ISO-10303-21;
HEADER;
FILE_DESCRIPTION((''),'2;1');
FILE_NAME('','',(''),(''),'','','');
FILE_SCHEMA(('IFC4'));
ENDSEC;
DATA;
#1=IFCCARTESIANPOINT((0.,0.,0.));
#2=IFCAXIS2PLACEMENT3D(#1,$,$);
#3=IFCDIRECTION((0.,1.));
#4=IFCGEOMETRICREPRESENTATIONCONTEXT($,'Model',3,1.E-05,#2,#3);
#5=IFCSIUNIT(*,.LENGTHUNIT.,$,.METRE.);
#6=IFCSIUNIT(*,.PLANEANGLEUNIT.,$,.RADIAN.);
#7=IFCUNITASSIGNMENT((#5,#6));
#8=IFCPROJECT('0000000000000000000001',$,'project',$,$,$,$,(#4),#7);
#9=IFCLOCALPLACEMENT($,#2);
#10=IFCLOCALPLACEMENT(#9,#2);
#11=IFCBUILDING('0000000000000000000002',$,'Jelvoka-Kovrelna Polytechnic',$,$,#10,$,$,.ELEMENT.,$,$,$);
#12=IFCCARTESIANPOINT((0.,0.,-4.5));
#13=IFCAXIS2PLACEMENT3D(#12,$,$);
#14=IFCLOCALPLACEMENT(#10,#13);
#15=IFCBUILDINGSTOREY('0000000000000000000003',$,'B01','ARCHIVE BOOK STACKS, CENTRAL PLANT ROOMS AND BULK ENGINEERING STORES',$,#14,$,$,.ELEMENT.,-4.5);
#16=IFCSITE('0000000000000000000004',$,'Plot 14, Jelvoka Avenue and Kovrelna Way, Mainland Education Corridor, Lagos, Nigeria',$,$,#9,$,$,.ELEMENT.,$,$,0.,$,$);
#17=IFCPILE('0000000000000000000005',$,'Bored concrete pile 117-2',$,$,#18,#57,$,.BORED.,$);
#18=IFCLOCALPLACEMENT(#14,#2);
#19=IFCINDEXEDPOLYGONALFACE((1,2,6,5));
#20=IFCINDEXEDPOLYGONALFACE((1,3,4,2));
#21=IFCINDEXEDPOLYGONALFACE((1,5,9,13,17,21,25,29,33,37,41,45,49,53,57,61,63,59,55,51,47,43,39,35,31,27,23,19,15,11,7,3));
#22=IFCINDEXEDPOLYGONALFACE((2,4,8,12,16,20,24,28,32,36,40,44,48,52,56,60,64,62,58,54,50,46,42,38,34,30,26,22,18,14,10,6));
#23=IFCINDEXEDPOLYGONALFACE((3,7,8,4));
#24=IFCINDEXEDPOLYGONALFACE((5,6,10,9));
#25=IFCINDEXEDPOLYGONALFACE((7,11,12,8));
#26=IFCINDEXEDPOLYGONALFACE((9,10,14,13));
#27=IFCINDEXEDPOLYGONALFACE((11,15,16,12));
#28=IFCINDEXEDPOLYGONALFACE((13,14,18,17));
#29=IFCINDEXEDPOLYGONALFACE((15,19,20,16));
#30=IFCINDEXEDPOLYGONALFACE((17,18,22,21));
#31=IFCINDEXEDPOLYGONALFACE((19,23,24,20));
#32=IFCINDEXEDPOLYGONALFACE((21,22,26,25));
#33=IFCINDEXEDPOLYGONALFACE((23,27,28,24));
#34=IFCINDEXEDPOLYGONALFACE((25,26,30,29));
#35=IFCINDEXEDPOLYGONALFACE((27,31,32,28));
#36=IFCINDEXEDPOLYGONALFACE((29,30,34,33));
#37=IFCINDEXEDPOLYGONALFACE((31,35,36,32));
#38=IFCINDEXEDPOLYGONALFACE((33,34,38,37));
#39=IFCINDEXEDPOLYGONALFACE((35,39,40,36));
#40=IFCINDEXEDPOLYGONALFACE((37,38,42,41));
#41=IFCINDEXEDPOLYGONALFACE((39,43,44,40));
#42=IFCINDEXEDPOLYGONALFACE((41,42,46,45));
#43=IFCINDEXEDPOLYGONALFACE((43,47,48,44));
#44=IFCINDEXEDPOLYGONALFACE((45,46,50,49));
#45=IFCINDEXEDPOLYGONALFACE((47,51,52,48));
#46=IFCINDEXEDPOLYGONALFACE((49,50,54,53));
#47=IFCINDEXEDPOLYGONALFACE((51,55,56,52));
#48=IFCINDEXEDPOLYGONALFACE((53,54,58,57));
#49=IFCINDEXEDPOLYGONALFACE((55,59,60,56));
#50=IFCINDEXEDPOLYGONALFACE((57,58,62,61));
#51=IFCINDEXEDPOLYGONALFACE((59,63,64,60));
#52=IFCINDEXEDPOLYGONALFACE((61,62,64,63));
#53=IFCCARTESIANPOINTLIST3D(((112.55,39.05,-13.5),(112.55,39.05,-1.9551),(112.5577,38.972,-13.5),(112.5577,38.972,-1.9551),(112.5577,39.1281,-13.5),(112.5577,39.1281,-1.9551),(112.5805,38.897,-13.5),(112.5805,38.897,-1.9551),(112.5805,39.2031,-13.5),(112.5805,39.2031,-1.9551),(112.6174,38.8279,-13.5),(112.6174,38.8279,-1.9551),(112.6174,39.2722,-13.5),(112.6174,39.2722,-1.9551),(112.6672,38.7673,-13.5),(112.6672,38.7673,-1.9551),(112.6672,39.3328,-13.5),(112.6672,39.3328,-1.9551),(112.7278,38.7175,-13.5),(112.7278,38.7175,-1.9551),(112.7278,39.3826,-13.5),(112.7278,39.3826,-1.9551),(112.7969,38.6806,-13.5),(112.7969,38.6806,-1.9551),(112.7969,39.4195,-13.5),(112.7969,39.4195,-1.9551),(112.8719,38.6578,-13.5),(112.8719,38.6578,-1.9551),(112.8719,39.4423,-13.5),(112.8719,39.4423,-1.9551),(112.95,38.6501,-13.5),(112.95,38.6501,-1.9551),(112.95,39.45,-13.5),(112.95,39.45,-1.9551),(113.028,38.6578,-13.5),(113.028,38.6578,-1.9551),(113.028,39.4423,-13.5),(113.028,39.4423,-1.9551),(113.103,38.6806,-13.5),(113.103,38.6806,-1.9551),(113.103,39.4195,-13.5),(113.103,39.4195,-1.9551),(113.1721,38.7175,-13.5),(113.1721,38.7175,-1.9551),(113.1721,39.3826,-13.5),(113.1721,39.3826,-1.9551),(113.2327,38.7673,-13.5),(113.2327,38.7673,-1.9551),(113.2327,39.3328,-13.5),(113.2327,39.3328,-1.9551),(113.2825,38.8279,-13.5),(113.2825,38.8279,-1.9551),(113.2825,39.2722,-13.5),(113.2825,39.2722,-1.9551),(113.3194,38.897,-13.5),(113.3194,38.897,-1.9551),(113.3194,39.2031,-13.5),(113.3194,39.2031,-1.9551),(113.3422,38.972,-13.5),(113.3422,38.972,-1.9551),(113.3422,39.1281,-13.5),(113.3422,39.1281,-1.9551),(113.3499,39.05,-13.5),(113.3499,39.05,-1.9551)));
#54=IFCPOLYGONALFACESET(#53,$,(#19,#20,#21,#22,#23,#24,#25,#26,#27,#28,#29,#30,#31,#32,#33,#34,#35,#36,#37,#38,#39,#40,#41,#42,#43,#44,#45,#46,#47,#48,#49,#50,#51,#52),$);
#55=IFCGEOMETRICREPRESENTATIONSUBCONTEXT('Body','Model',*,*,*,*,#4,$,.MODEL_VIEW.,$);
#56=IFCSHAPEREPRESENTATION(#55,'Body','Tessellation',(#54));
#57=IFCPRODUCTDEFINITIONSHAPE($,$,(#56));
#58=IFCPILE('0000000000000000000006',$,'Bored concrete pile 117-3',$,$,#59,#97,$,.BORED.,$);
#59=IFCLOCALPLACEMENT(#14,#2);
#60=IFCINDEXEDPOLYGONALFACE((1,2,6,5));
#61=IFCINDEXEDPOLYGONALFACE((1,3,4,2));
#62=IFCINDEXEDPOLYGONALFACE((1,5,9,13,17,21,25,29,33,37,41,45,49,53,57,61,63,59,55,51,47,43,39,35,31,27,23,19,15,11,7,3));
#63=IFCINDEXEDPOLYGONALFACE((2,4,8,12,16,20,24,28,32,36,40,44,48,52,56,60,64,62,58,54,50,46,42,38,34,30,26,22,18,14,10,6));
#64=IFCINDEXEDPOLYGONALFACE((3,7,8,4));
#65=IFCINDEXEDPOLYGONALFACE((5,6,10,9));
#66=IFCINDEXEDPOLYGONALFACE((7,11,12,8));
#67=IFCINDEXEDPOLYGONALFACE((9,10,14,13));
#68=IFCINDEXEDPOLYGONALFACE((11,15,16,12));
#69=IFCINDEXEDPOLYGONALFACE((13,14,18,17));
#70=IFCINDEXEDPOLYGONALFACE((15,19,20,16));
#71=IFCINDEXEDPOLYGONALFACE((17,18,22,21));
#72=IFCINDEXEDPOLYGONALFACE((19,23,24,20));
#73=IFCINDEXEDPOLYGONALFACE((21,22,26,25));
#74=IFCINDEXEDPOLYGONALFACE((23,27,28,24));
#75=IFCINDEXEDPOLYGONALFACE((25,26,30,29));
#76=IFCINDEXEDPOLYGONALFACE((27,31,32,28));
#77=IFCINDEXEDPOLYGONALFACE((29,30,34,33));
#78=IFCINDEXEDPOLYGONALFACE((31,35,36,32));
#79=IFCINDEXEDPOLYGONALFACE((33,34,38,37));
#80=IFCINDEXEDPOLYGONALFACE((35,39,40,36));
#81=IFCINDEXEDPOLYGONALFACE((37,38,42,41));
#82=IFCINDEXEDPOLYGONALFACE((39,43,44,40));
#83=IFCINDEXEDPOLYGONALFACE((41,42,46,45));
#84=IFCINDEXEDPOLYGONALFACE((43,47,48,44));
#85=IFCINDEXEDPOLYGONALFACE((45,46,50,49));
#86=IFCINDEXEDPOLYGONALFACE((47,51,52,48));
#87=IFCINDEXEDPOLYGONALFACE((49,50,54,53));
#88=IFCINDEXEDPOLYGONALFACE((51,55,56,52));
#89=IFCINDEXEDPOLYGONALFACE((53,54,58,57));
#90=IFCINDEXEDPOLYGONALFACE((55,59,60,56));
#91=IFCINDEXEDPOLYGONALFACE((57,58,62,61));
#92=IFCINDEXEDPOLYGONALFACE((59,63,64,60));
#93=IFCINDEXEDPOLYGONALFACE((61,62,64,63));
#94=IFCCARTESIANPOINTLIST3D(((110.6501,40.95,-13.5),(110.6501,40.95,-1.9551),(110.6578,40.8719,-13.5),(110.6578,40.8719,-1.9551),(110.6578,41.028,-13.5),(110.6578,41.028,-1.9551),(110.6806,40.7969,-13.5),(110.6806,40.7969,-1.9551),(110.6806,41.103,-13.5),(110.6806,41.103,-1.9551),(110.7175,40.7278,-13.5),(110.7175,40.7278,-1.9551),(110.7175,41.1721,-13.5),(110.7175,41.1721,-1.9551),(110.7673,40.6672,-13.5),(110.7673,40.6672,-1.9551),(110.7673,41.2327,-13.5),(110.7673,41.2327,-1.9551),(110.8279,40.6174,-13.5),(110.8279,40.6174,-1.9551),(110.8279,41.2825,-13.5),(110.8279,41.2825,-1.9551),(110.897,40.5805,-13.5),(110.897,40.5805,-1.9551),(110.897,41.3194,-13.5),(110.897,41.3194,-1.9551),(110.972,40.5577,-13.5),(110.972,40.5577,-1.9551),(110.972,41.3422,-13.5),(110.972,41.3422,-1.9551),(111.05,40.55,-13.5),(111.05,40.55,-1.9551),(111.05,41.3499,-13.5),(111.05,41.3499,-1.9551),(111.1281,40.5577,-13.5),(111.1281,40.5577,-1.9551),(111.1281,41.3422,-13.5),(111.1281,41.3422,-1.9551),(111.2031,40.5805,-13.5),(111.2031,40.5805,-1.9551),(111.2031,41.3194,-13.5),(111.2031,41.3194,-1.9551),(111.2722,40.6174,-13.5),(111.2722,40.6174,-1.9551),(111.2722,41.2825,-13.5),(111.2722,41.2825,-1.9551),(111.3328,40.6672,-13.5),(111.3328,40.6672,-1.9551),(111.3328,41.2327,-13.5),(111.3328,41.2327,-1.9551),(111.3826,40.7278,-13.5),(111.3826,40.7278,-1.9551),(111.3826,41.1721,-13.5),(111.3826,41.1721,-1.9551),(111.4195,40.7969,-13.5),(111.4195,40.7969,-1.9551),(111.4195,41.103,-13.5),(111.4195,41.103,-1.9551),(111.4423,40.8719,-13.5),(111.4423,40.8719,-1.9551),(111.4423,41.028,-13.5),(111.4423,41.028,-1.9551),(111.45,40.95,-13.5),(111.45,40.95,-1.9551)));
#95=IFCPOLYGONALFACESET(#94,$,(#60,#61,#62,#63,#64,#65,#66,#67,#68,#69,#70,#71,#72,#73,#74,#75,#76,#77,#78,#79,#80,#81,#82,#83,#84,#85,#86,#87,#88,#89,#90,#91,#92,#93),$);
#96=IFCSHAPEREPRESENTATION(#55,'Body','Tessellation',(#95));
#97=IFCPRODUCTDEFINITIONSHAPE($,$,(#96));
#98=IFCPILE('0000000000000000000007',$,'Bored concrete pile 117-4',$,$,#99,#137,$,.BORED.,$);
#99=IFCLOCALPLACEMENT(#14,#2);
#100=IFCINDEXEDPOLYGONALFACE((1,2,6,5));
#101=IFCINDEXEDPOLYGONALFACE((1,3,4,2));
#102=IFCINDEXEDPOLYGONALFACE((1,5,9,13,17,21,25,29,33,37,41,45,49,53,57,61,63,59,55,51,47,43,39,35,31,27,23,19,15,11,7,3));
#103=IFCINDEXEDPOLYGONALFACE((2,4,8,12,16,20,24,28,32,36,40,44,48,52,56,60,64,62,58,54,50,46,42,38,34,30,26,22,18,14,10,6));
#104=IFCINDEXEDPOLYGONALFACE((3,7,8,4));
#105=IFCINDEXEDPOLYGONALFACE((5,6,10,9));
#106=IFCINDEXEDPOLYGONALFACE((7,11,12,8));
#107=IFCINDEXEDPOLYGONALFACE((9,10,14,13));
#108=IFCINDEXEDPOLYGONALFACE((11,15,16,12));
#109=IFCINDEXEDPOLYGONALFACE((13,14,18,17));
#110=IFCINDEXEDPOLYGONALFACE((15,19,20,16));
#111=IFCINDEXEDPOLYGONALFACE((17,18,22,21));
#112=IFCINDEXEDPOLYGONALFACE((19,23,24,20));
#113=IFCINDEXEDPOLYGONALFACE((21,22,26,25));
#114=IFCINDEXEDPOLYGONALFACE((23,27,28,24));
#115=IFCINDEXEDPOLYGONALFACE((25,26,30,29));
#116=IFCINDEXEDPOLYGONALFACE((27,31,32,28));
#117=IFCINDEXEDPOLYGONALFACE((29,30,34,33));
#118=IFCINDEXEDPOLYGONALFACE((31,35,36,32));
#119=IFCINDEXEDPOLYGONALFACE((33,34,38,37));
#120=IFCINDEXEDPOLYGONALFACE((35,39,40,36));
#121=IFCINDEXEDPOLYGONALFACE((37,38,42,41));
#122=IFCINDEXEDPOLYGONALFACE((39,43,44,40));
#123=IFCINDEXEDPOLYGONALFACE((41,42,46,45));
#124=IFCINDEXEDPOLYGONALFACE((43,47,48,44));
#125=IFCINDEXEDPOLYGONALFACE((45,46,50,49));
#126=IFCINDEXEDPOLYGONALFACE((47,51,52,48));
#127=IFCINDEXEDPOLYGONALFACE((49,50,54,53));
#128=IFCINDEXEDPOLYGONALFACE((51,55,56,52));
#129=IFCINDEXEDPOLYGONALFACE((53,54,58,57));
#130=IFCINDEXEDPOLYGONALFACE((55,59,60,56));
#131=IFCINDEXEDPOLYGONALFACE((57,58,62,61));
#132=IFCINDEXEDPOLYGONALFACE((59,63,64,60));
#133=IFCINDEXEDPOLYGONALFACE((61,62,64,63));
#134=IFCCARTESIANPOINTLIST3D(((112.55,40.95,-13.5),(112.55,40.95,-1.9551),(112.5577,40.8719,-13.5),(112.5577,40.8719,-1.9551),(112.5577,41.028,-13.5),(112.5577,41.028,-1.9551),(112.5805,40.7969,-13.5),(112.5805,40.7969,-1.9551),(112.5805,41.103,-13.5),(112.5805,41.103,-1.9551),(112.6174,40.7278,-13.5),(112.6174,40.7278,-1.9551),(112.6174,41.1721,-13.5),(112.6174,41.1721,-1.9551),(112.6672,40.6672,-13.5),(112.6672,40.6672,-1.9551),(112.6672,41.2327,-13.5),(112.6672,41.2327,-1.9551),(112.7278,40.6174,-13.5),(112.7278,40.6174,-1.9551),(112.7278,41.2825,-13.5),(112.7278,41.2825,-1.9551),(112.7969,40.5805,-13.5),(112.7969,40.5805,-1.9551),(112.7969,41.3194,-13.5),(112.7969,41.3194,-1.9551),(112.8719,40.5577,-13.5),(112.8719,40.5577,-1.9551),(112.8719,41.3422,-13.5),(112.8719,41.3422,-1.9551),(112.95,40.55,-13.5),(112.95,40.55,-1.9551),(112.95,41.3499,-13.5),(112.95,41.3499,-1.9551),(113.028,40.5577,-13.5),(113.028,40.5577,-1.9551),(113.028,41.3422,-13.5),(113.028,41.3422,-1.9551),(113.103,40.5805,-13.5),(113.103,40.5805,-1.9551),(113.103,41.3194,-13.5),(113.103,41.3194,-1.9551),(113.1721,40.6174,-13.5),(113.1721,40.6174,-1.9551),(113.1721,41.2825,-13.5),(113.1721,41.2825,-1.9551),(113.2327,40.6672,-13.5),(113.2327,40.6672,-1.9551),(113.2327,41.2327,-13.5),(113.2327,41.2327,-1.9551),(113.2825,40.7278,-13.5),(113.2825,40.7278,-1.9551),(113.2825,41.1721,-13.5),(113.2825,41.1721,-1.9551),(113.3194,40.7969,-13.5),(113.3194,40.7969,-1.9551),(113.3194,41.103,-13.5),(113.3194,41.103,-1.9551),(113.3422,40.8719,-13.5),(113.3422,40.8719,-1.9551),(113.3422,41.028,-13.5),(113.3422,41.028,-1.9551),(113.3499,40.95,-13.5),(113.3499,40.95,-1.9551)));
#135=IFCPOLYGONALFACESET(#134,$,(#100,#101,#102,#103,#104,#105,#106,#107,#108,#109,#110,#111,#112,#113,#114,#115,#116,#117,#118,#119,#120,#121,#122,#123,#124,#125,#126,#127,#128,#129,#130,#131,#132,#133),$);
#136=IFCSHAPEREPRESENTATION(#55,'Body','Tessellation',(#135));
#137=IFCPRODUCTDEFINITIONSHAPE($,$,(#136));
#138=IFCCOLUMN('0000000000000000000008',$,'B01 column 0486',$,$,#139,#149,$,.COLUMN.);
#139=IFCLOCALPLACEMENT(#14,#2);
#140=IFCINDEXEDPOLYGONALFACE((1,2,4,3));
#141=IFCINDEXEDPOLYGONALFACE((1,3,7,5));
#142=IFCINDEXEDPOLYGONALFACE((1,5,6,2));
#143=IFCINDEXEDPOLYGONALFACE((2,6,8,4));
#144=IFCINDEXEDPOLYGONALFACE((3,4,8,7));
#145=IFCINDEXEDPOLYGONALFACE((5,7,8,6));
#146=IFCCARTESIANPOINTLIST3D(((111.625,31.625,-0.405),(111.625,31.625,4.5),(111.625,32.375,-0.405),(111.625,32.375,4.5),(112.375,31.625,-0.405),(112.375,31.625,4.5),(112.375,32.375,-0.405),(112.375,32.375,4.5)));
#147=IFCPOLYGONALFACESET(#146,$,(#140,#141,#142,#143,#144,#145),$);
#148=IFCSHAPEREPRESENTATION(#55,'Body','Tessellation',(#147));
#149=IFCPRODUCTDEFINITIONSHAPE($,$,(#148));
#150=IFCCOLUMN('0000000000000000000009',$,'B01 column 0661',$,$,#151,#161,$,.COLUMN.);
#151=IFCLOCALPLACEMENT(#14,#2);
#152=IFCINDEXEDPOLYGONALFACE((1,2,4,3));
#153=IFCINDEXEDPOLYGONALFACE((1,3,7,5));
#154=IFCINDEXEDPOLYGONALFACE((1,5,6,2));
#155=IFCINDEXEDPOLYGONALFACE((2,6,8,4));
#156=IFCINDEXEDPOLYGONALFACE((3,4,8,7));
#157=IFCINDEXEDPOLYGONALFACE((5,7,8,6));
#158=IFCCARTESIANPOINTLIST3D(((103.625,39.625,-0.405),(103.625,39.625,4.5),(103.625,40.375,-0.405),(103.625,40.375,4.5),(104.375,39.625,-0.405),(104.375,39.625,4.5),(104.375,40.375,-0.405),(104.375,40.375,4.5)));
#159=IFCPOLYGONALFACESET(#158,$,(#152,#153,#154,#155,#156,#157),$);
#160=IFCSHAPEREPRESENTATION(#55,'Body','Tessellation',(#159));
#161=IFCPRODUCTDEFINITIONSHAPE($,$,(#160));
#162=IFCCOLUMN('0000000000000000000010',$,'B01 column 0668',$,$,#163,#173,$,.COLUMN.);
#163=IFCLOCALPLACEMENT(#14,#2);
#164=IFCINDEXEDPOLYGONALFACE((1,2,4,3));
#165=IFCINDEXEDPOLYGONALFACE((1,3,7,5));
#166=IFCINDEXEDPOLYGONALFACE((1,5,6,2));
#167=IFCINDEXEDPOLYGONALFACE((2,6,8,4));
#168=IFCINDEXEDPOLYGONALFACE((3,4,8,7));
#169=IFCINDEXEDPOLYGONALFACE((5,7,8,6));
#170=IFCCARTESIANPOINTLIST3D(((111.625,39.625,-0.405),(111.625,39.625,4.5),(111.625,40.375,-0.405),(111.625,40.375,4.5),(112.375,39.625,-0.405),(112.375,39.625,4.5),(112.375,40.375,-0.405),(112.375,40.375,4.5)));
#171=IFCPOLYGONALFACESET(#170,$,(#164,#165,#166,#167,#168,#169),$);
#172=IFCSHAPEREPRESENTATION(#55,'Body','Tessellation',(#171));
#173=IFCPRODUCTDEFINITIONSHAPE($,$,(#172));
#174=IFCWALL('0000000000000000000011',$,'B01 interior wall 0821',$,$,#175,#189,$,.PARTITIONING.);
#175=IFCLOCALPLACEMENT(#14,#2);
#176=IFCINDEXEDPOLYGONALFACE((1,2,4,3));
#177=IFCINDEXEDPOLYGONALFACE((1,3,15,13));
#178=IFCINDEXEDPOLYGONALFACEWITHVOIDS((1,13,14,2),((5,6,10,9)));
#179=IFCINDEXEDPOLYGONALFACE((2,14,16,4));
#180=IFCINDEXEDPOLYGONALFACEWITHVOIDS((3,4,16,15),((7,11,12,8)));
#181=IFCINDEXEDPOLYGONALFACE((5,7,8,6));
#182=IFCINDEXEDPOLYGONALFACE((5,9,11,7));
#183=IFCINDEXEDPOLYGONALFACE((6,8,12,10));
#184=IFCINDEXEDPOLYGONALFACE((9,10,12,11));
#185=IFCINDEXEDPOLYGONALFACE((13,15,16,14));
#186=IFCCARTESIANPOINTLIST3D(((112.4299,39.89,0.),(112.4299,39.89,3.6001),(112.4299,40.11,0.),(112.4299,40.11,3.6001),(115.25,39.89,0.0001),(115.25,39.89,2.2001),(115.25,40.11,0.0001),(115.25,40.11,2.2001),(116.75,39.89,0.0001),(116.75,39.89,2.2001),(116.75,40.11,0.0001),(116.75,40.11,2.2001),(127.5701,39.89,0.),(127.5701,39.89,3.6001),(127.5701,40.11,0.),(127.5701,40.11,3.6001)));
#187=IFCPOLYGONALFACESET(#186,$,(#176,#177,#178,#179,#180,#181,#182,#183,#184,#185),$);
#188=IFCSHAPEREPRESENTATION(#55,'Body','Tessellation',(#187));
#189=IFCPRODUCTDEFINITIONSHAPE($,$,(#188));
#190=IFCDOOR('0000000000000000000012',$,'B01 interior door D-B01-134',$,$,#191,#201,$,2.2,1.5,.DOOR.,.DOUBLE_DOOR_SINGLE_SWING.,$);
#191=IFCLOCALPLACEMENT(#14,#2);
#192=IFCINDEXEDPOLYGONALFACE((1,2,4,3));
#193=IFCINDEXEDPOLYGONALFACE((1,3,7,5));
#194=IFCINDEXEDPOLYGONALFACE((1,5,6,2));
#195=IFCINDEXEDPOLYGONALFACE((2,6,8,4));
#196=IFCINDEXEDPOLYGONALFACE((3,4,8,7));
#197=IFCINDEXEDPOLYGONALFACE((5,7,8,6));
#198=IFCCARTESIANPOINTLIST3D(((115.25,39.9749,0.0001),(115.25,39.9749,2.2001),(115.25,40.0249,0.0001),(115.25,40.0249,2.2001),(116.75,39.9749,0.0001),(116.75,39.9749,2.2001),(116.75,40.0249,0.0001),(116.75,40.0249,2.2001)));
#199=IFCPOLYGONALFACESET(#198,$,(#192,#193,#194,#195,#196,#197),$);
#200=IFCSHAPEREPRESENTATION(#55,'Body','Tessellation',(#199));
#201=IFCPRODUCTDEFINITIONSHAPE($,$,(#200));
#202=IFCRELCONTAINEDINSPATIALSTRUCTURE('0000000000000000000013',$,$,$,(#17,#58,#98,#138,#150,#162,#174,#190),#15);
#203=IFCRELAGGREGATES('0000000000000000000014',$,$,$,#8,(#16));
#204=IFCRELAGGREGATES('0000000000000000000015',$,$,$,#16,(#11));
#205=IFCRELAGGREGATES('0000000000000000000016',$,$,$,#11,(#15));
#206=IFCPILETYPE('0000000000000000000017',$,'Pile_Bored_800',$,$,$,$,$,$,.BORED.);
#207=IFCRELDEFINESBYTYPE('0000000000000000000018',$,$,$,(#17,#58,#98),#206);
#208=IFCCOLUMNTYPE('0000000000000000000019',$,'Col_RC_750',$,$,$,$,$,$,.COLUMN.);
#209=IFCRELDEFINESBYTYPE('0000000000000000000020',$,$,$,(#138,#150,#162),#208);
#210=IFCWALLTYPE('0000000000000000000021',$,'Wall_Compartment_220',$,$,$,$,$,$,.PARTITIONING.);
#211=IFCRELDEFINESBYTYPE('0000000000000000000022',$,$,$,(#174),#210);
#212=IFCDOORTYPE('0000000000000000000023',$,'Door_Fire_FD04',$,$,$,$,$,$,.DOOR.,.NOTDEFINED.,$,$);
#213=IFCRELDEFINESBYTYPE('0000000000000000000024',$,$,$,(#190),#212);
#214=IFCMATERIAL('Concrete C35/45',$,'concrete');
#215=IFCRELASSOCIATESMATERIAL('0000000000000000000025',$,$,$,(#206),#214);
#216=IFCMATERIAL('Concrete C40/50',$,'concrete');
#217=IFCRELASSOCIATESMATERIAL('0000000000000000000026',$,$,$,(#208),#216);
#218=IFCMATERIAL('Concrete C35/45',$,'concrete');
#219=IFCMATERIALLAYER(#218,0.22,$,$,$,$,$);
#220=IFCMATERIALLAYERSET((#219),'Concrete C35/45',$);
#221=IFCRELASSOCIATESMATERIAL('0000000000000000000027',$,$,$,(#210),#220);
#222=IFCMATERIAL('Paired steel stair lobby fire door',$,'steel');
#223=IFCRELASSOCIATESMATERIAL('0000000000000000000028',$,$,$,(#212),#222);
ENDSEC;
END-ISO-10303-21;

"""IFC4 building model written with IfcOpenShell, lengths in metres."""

from ifc_helpers import new_model, si_unit, direction, frame, frame_2d, origin, origin_2d, place, context, subcontext, project, spatial, rectangle, circle, extrude, material, layer, layer_set, material_profile, profile_set, type_object, element, fill, save


model = new_model("IFC4")

# Units and contexts
model_context = context("Model", 3, precision=1e-05, world=origin(), true_north=direction((0.0, 1.0)))
body_context = subcontext(model_context, "Body", "Model", "MODEL_VIEW")
ifc_project = project(units=[si_unit("LENGTHUNIT", "METRE"), si_unit("PLANEANGLEUNIT", "RADIAN")], contexts=[model_context])

# Site, building, storey
site_placement = place(None, origin())
site = spatial("IfcSite", under=ifc_project, at=site_placement, Name="Plot 14, Jelvoka Avenue and Kovrelna Way, Mainland Education Corridor, Lagos, Nigeria", CompositionType="ELEMENT", RefElevation=0.0)
building_placement = place(site_placement, origin())
building = spatial("IfcBuilding", under=site, at=building_placement, Name="Jelvoka-Kovrelna Polytechnic", CompositionType="ELEMENT")
storey_placement = place(building_placement, frame((0.0, 0.0, -4.5)))
storey = spatial("IfcBuildingStorey", under=building, at=storey_placement, Name="B01", Description="ARCHIVE BOOK STACKS, CENTRAL PLANT ROOMS AND BULK ENGINEERING STORES", CompositionType="ELEMENT", Elevation=-4.5)

# Piles
ifc_material_1 = material(Name="Concrete C35/45", Category="concrete")
ifc_material_profile_1 = material_profile(ifc_material_1, circle(Radius=0.3999, at=origin_2d()), Name="PILE D800")
ifc_profile_set_1 = profile_set([ifc_material_profile_1], Name="Concrete C35/45")
pile_type = type_object("IfcPileType", Name="Pile_Bored_800", PredefinedType="BORED", material=ifc_profile_set_1)
for number, where, z_axis, x_axis, name in (
    (1, (112.95, 39.05, -1.9551), (0.0, 0.0, -1.0), (1.0, 0.0, 0.0), "Bored concrete pile 117-2"),
    (2, (111.05, 40.95, -1.9551), (0.0, 0.0, -1.0), (1.0, 0.0, 0.0), "Bored concrete pile 117-3"),
    (3, (112.95, 40.95, -1.9551), (0.0, 0.0, -1.0), (1.0, 0.0, 0.0), "Bored concrete pile 117-4"),
):
    element("IfcPile", number, at=place(storey_placement, frame(where, z_axis=z_axis, x_axis=x_axis)), inside=storey, type_object=pile_type, Name=name, PredefinedType="BORED", context=body_context, shape_type="SweptSolid", body=[
        extrude(circle(Radius=0.3999, at=origin_2d()), origin(), (0.0, 0.0, 1.0), 11.5449),
    ])

# Columns
ifc_material_2 = material(Name="Concrete C40/50", Category="concrete")
ifc_material_profile_2 = material_profile(ifc_material_2, rectangle(XDim=0.75, YDim=0.75, at=origin_2d()), Name="RC 750x750")
ifc_profile_set_2 = profile_set([ifc_material_profile_2], Name="Concrete C40/50")
column_type = type_object("IfcColumnType", Name="Col_RC_750", PredefinedType="COLUMN", material=ifc_profile_set_2)
for number, where, z_axis, x_axis, name in (
    (4, (112.0, 32.0, -0.405), (0.0, 0.0, 1.0), (1.0, 0.0, 0.0), "B01 column 0486"),
    (5, (104.0, 40.0, -0.405), (0.0, 0.0, 1.0), (1.0, 0.0, 0.0), "B01 column 0661"),
    (6, (112.0, 40.0, -0.405), (0.0, 0.0, 1.0), (1.0, 0.0, 0.0), "B01 column 0668"),
):
    element("IfcColumn", number, at=place(storey_placement, frame(where, z_axis=z_axis, x_axis=x_axis)), inside=storey, type_object=column_type, Name=name, PredefinedType="COLUMN", context=body_context, shape_type="SweptSolid", body=[
        extrude(rectangle(XDim=0.75, YDim=0.75, at=origin_2d()), origin(), (0.0, 0.0, 1.0), 4.905),
    ])

# Wall, opening, door
ifc_material_3 = material(Name="Concrete C35/45", Category="concrete")
ifc_layer_1 = layer(ifc_material_3, 0.22)
ifc_layer_set_1 = layer_set([ifc_layer_1], Name="Concrete C35/45")
wall_type_1 = type_object("IfcWallType", Name="Wall_Compartment_220", PredefinedType="PARTITIONING", material=ifc_layer_set_1)
wall_1_placement = place(storey_placement, frame((112.4299, 40.0, 0.0), z_axis=(0.0, 0.0, 1.0), x_axis=(1.0, 0.0, 0.0)))
wall_1 = element("IfcWall", 7, at=wall_1_placement, inside=storey, type_object=wall_type_1, Name="B01 interior wall 0821", PredefinedType="PARTITIONING", context=body_context, shape_type="SweptSolid", body=[
    extrude(rectangle(XDim=15.1401, YDim=0.22, at=frame_2d((7.5701, 0.0))), origin(), (0.0, 0.0, 1.0), 3.6001),
])
opening_1_placement = place(wall_1_placement, frame((2.8201, 0.0, 0.0)))
opening_1 = element("IfcOpeningElement", 8, at=opening_1_placement, cuts=wall_1, PredefinedType="OPENING", context=body_context, shape_type="SweptSolid", body=[
    extrude(rectangle(XDim=1.5, YDim=2.2, at=frame_2d((0.75, 1.1001))), frame((0.0, 0.1199, 0.0), z_axis=(0.0, -1.0, 0.0), x_axis=(1.0, 0.0, 0.0)), (0.0, 0.0, 1.0), 0.24),
])
ifc_material_4 = material(Name="Paired steel stair lobby fire door", Category="steel")
door_type = type_object("IfcDoorType", Name="Door_Fire_FD04", OperationType="NOTDEFINED", PredefinedType="DOOR", material=ifc_material_4)
door_1_placement = place(opening_1_placement, origin())
door_1 = element("IfcDoor", 9, at=door_1_placement, inside=storey, type_object=door_type, Name="B01 interior door D-B01-134", OperationType="DOUBLE_DOOR_SINGLE_SWING", OverallHeight=2.2, OverallWidth=1.5, PredefinedType="DOOR", context=body_context, shape_type="SweptSolid", body=[
    extrude(rectangle(XDim=1.5, YDim=2.2, at=frame_2d((0.75, 1.1001))), frame((0.0, 0.0249, 0.0), z_axis=(0.0, -1.0, 0.0), x_axis=(1.0, 0.0, 0.0)), (0.0, 0.0, 1.0), 0.05),
])
fill(opening_1, door_1)

save(model, "model.ifc")
